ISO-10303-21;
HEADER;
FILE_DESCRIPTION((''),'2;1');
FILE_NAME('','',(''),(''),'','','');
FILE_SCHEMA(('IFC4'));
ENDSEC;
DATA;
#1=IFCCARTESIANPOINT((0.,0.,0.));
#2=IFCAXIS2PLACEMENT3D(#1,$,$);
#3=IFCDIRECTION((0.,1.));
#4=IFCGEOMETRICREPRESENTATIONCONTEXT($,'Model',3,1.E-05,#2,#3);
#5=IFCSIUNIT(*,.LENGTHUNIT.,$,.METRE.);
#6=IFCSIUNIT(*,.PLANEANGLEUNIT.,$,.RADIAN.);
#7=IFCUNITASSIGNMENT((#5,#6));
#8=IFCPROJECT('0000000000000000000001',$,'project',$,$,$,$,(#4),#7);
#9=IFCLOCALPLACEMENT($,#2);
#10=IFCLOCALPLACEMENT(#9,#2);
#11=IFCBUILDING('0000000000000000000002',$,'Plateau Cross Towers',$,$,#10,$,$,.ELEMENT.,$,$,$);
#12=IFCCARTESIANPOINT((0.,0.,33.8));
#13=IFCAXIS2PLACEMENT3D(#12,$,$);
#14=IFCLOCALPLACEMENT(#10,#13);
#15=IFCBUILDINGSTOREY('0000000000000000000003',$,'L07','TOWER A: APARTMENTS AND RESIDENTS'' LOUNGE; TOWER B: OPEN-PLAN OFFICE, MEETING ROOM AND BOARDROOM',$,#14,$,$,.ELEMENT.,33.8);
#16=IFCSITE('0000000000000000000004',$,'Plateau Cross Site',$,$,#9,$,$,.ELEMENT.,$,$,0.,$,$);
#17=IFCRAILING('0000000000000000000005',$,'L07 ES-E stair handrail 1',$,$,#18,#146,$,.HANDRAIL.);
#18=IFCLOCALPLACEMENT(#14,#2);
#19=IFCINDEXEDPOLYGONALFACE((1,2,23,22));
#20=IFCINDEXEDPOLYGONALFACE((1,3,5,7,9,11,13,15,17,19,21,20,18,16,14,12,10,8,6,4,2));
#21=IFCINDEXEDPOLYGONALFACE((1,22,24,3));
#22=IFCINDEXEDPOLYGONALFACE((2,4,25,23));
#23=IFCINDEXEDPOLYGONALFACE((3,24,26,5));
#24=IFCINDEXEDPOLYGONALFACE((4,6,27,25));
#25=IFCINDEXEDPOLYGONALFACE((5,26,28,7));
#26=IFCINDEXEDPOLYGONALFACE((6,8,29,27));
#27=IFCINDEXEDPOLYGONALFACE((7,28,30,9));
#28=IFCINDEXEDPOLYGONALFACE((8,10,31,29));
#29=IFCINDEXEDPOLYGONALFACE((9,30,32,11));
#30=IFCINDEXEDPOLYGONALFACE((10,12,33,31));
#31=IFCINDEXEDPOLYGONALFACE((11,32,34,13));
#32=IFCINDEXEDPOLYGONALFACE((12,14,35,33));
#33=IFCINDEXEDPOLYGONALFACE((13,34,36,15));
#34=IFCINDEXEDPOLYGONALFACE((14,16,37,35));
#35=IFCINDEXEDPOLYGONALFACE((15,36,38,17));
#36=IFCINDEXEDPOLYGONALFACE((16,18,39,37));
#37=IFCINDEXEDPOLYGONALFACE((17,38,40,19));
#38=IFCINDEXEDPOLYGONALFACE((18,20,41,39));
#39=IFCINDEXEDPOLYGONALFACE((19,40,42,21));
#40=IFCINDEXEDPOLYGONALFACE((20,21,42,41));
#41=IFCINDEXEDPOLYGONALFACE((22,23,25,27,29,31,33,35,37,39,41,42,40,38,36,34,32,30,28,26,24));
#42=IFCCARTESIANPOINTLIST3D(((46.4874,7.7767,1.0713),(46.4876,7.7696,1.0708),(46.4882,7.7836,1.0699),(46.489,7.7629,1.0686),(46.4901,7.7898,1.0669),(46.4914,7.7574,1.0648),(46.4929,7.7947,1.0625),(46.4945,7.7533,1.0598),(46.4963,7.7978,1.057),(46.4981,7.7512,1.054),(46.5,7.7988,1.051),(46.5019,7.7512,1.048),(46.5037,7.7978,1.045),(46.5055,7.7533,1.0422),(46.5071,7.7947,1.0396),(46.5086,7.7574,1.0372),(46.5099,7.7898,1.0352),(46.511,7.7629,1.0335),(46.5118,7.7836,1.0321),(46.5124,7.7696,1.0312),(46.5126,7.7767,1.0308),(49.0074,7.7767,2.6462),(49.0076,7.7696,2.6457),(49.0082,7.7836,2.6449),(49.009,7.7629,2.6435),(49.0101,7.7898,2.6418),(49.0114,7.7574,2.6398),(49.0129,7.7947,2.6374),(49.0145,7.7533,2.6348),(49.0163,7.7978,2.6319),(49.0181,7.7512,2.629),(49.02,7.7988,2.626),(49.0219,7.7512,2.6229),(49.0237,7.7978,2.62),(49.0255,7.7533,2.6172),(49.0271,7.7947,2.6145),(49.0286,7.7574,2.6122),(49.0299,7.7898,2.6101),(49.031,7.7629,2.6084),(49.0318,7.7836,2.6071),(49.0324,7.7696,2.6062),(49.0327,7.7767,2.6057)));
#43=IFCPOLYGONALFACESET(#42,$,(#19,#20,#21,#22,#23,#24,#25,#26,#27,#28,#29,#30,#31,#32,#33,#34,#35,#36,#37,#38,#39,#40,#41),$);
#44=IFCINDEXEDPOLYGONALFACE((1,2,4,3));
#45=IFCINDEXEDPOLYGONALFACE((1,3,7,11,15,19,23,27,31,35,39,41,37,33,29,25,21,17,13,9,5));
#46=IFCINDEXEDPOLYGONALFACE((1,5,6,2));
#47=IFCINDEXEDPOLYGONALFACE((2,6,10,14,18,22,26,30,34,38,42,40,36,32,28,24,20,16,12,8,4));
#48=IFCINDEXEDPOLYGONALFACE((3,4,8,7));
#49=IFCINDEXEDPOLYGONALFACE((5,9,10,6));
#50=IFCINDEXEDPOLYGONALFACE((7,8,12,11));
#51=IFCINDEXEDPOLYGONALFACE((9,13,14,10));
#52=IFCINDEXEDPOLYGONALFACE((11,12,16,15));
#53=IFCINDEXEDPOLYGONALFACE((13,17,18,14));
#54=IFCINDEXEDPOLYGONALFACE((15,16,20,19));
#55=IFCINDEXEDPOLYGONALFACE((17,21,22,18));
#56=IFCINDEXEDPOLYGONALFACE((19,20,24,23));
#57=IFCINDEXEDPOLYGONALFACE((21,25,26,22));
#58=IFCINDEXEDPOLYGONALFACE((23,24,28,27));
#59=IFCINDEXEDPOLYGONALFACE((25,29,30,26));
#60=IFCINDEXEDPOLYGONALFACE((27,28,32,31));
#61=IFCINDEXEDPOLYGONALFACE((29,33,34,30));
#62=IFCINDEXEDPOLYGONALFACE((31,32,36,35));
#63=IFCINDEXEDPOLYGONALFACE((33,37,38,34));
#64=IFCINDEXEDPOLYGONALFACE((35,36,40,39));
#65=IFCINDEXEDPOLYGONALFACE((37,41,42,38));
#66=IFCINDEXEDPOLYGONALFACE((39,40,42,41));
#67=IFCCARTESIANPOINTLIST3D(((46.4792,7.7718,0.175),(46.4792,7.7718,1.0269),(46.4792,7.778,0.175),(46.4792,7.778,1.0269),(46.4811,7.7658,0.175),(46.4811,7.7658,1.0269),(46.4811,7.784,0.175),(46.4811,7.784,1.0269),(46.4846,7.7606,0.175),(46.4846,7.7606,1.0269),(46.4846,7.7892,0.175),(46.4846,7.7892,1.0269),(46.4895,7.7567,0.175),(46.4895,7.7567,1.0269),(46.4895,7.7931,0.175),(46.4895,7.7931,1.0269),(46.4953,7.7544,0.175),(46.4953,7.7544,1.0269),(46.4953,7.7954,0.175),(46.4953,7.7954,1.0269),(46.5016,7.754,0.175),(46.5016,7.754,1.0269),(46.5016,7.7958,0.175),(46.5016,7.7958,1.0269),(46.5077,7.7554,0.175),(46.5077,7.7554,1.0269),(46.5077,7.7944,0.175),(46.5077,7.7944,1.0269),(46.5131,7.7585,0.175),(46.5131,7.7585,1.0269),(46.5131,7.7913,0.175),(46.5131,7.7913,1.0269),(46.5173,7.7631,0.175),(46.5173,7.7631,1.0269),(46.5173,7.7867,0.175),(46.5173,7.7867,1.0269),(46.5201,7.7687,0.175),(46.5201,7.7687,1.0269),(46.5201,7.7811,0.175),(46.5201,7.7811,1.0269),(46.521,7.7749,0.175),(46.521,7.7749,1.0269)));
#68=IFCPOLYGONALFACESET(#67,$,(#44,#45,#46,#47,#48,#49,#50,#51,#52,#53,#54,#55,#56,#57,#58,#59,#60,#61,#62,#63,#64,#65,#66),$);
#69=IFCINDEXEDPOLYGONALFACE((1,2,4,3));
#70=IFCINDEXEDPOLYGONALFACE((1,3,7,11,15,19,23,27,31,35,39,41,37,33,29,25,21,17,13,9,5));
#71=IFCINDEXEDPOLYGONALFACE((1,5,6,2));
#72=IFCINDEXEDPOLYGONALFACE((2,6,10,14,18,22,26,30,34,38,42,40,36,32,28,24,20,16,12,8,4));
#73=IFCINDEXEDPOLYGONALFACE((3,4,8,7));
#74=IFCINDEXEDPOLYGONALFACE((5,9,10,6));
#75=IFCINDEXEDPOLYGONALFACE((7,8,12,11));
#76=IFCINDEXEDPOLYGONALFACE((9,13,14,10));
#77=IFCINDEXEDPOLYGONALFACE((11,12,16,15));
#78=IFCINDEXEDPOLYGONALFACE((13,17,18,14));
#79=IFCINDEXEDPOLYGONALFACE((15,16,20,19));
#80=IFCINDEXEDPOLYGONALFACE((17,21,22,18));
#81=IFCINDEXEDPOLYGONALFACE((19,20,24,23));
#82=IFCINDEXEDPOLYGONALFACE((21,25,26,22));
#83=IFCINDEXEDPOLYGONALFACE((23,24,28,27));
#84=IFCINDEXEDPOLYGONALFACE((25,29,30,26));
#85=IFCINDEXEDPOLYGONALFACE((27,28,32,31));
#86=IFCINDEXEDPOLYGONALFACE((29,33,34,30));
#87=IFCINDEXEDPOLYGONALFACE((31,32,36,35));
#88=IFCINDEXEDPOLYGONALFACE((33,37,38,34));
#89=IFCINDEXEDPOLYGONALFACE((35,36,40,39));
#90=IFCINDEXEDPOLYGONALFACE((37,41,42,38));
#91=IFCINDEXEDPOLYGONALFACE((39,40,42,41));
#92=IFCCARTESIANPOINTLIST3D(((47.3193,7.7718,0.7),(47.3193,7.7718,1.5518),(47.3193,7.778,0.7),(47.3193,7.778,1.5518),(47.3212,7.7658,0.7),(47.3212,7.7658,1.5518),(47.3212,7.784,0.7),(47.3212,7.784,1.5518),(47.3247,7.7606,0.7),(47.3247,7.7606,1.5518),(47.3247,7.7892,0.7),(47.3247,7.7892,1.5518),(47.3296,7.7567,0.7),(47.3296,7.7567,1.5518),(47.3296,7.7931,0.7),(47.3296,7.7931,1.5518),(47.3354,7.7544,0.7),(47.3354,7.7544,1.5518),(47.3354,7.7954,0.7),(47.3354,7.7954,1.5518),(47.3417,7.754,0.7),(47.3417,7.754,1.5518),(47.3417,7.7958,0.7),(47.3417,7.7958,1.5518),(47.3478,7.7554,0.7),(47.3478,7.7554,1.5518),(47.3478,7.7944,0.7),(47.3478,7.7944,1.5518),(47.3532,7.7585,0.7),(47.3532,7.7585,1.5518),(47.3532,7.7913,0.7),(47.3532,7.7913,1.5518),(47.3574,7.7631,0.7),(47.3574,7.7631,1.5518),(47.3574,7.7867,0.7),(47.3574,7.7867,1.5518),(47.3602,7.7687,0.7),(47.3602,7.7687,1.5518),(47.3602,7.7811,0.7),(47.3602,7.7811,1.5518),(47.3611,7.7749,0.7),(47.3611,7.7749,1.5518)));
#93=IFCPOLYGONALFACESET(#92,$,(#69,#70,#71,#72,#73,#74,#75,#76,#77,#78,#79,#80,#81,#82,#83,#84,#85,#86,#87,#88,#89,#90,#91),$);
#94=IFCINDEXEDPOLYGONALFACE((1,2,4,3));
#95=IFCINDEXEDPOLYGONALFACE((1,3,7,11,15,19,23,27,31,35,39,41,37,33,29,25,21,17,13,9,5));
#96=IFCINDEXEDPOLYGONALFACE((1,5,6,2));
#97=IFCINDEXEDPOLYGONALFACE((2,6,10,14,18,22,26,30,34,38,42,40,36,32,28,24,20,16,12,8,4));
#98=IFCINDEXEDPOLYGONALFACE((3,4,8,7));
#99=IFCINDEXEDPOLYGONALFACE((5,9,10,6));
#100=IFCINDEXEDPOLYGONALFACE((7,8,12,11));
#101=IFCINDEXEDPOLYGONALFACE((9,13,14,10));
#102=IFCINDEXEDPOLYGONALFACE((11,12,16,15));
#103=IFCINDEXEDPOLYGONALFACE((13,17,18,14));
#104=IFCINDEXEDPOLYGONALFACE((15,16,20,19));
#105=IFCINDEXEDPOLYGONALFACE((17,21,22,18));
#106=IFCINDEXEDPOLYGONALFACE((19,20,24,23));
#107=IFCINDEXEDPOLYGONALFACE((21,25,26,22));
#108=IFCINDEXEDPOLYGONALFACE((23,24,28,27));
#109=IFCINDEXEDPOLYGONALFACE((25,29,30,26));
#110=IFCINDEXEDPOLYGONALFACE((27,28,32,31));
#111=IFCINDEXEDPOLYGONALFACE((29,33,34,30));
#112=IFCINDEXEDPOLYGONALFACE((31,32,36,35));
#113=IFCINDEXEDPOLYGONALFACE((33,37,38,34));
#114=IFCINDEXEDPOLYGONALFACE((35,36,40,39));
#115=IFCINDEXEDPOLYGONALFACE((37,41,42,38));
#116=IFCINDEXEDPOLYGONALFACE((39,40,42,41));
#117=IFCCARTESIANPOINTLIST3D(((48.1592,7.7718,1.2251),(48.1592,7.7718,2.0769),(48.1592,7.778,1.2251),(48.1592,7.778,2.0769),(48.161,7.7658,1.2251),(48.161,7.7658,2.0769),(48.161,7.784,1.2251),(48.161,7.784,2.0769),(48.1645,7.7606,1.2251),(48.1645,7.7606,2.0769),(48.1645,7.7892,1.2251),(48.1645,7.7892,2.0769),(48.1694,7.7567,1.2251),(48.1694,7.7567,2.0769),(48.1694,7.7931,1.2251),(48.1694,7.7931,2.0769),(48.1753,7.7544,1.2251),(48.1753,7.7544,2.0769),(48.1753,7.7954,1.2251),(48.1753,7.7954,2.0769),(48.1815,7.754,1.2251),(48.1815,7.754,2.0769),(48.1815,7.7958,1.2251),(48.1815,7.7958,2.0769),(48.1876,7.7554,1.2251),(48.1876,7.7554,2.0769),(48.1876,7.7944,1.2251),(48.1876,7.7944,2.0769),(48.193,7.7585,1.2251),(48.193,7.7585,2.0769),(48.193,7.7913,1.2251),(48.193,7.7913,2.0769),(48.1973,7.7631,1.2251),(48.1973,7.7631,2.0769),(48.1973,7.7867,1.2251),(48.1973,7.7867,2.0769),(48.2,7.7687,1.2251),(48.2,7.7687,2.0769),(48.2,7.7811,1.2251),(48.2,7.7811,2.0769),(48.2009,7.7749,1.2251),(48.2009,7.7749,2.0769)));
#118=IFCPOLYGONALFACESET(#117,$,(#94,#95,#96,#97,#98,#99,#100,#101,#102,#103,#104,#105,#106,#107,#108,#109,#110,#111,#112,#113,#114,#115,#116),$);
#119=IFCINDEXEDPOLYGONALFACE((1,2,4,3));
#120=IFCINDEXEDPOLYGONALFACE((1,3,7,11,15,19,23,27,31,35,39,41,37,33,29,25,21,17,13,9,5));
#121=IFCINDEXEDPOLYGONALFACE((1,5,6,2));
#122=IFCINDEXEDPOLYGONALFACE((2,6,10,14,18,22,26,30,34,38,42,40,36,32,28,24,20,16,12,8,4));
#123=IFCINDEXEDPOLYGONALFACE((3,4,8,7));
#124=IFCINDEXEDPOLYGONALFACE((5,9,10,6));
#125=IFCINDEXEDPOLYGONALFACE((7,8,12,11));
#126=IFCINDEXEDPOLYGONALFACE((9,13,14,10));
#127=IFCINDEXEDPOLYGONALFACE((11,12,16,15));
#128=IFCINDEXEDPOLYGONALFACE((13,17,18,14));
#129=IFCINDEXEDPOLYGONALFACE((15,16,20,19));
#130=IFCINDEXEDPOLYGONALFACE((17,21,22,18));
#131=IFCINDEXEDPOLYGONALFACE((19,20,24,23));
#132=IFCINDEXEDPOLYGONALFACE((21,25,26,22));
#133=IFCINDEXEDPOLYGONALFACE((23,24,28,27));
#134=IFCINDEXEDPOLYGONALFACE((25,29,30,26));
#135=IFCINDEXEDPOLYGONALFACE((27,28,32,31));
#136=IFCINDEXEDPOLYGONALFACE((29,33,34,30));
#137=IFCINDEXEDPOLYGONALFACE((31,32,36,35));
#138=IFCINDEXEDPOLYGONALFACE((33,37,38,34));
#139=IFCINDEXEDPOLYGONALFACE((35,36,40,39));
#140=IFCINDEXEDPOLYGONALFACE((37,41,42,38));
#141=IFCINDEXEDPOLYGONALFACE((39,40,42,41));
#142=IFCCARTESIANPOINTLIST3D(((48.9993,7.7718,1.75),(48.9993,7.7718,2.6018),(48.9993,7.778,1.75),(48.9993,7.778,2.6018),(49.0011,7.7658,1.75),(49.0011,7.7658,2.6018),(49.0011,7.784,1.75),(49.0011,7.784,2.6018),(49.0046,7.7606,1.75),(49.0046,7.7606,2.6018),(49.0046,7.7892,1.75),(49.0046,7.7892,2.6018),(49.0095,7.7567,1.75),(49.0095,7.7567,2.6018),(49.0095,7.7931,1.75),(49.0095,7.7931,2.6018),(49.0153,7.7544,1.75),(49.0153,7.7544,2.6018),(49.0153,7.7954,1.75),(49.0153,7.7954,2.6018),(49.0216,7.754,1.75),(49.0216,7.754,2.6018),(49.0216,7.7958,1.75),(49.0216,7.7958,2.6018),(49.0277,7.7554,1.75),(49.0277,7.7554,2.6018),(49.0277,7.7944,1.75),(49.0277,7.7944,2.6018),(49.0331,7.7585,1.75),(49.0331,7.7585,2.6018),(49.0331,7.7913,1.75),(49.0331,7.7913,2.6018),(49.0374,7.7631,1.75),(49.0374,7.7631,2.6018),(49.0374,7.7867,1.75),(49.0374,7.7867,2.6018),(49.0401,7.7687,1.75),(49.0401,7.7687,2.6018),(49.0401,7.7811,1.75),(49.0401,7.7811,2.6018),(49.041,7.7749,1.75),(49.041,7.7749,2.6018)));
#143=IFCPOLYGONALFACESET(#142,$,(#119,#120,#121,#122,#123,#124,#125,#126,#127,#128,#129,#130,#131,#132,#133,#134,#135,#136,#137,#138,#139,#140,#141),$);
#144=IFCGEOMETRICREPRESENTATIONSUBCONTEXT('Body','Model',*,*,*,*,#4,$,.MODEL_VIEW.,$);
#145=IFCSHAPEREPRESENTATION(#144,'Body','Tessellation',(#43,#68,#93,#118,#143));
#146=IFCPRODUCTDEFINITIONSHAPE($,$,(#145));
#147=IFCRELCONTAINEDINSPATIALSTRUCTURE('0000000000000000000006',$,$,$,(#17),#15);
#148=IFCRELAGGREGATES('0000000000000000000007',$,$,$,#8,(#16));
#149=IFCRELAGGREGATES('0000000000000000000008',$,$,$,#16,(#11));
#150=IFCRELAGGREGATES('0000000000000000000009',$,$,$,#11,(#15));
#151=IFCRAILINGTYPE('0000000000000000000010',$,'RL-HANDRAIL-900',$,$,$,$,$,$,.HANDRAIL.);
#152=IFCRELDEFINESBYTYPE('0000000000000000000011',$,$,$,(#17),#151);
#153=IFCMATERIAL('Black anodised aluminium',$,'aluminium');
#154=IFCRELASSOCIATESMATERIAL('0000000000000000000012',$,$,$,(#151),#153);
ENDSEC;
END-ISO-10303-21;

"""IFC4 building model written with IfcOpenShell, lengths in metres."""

from ifc_helpers import new_model, si_unit, direction, frame, origin, origin_2d, place, context, subcontext, project, spatial, circle, extrude, material, type_object, element, save


model = new_model("IFC4")

# Units and contexts
model_context = context("Model", 3, precision=1e-05, world=origin(), true_north=direction((0.0, 1.0)))
body_context = subcontext(model_context, "Body", "Model", "MODEL_VIEW")
ifc_project = project(units=[si_unit("LENGTHUNIT", "METRE"), si_unit("PLANEANGLEUNIT", "RADIAN")], contexts=[model_context])

# Site, building, storey
site_placement = place(None, origin())
site = spatial("IfcSite", under=ifc_project, at=site_placement, Name="Plateau Cross Site", CompositionType="ELEMENT", RefElevation=0.0)
building_placement = place(site_placement, origin())
building = spatial("IfcBuilding", under=site, at=building_placement, Name="Plateau Cross Towers", CompositionType="ELEMENT")
storey_placement = place(building_placement, frame((0.0, 0.0, 33.8)))
storey = spatial("IfcBuildingStorey", under=building, at=storey_placement, Name="L07", Description="TOWER A: APARTMENTS AND RESIDENTS' LOUNGE; TOWER B: OPEN-PLAN OFFICE, MEETING ROOM AND BOARDROOM", CompositionType="ELEMENT", Elevation=33.8)

# Shared definitions
ifc_material_1 = material(Name="Black anodised aluminium", Category="aluminium")

# Railing
railing_type_1 = type_object("IfcRailingType", Name="RL-HANDRAIL-900", PredefinedType="HANDRAIL", material=ifc_material_1)
railing_1_placement = place(storey_placement, frame((46.5, 7.7749, 0.175)))
element("IfcRailing", 1, at=railing_1_placement, inside=storey, type_object=railing_type_1, Name="L07 ES-E stair handrail 1", PredefinedType="HANDRAIL", context=body_context, shape_type="SweptSolid", body=[
    extrude(circle(Radius=0.0239, at=origin_2d()), frame((0.0, 0.0, 0.876), z_axis=(0.848008, 0.0, 0.529984), x_axis=(0.0, 1.0, 0.0)), (0.0, 0.0, 1.0), 2.9717),
    extrude(circle(Radius=0.021, at=origin_2d()), origin(), (0.0, 0.0, 1.0), 0.8518),
    extrude(circle(Radius=0.021, at=origin_2d()), frame((0.8401, 0.0, 0.5249)), (0.0, 0.0, 1.0), 0.8518),
    extrude(circle(Radius=0.021, at=origin_2d()), frame((1.6799, 0.0, 1.05)), (0.0, 0.0, 1.0), 0.8518),
    extrude(circle(Radius=0.021, at=origin_2d()), frame((2.52, 0.0, 1.575)), (0.0, 0.0, 1.0), 0.8518),
])

save(model, "model.ifc")
